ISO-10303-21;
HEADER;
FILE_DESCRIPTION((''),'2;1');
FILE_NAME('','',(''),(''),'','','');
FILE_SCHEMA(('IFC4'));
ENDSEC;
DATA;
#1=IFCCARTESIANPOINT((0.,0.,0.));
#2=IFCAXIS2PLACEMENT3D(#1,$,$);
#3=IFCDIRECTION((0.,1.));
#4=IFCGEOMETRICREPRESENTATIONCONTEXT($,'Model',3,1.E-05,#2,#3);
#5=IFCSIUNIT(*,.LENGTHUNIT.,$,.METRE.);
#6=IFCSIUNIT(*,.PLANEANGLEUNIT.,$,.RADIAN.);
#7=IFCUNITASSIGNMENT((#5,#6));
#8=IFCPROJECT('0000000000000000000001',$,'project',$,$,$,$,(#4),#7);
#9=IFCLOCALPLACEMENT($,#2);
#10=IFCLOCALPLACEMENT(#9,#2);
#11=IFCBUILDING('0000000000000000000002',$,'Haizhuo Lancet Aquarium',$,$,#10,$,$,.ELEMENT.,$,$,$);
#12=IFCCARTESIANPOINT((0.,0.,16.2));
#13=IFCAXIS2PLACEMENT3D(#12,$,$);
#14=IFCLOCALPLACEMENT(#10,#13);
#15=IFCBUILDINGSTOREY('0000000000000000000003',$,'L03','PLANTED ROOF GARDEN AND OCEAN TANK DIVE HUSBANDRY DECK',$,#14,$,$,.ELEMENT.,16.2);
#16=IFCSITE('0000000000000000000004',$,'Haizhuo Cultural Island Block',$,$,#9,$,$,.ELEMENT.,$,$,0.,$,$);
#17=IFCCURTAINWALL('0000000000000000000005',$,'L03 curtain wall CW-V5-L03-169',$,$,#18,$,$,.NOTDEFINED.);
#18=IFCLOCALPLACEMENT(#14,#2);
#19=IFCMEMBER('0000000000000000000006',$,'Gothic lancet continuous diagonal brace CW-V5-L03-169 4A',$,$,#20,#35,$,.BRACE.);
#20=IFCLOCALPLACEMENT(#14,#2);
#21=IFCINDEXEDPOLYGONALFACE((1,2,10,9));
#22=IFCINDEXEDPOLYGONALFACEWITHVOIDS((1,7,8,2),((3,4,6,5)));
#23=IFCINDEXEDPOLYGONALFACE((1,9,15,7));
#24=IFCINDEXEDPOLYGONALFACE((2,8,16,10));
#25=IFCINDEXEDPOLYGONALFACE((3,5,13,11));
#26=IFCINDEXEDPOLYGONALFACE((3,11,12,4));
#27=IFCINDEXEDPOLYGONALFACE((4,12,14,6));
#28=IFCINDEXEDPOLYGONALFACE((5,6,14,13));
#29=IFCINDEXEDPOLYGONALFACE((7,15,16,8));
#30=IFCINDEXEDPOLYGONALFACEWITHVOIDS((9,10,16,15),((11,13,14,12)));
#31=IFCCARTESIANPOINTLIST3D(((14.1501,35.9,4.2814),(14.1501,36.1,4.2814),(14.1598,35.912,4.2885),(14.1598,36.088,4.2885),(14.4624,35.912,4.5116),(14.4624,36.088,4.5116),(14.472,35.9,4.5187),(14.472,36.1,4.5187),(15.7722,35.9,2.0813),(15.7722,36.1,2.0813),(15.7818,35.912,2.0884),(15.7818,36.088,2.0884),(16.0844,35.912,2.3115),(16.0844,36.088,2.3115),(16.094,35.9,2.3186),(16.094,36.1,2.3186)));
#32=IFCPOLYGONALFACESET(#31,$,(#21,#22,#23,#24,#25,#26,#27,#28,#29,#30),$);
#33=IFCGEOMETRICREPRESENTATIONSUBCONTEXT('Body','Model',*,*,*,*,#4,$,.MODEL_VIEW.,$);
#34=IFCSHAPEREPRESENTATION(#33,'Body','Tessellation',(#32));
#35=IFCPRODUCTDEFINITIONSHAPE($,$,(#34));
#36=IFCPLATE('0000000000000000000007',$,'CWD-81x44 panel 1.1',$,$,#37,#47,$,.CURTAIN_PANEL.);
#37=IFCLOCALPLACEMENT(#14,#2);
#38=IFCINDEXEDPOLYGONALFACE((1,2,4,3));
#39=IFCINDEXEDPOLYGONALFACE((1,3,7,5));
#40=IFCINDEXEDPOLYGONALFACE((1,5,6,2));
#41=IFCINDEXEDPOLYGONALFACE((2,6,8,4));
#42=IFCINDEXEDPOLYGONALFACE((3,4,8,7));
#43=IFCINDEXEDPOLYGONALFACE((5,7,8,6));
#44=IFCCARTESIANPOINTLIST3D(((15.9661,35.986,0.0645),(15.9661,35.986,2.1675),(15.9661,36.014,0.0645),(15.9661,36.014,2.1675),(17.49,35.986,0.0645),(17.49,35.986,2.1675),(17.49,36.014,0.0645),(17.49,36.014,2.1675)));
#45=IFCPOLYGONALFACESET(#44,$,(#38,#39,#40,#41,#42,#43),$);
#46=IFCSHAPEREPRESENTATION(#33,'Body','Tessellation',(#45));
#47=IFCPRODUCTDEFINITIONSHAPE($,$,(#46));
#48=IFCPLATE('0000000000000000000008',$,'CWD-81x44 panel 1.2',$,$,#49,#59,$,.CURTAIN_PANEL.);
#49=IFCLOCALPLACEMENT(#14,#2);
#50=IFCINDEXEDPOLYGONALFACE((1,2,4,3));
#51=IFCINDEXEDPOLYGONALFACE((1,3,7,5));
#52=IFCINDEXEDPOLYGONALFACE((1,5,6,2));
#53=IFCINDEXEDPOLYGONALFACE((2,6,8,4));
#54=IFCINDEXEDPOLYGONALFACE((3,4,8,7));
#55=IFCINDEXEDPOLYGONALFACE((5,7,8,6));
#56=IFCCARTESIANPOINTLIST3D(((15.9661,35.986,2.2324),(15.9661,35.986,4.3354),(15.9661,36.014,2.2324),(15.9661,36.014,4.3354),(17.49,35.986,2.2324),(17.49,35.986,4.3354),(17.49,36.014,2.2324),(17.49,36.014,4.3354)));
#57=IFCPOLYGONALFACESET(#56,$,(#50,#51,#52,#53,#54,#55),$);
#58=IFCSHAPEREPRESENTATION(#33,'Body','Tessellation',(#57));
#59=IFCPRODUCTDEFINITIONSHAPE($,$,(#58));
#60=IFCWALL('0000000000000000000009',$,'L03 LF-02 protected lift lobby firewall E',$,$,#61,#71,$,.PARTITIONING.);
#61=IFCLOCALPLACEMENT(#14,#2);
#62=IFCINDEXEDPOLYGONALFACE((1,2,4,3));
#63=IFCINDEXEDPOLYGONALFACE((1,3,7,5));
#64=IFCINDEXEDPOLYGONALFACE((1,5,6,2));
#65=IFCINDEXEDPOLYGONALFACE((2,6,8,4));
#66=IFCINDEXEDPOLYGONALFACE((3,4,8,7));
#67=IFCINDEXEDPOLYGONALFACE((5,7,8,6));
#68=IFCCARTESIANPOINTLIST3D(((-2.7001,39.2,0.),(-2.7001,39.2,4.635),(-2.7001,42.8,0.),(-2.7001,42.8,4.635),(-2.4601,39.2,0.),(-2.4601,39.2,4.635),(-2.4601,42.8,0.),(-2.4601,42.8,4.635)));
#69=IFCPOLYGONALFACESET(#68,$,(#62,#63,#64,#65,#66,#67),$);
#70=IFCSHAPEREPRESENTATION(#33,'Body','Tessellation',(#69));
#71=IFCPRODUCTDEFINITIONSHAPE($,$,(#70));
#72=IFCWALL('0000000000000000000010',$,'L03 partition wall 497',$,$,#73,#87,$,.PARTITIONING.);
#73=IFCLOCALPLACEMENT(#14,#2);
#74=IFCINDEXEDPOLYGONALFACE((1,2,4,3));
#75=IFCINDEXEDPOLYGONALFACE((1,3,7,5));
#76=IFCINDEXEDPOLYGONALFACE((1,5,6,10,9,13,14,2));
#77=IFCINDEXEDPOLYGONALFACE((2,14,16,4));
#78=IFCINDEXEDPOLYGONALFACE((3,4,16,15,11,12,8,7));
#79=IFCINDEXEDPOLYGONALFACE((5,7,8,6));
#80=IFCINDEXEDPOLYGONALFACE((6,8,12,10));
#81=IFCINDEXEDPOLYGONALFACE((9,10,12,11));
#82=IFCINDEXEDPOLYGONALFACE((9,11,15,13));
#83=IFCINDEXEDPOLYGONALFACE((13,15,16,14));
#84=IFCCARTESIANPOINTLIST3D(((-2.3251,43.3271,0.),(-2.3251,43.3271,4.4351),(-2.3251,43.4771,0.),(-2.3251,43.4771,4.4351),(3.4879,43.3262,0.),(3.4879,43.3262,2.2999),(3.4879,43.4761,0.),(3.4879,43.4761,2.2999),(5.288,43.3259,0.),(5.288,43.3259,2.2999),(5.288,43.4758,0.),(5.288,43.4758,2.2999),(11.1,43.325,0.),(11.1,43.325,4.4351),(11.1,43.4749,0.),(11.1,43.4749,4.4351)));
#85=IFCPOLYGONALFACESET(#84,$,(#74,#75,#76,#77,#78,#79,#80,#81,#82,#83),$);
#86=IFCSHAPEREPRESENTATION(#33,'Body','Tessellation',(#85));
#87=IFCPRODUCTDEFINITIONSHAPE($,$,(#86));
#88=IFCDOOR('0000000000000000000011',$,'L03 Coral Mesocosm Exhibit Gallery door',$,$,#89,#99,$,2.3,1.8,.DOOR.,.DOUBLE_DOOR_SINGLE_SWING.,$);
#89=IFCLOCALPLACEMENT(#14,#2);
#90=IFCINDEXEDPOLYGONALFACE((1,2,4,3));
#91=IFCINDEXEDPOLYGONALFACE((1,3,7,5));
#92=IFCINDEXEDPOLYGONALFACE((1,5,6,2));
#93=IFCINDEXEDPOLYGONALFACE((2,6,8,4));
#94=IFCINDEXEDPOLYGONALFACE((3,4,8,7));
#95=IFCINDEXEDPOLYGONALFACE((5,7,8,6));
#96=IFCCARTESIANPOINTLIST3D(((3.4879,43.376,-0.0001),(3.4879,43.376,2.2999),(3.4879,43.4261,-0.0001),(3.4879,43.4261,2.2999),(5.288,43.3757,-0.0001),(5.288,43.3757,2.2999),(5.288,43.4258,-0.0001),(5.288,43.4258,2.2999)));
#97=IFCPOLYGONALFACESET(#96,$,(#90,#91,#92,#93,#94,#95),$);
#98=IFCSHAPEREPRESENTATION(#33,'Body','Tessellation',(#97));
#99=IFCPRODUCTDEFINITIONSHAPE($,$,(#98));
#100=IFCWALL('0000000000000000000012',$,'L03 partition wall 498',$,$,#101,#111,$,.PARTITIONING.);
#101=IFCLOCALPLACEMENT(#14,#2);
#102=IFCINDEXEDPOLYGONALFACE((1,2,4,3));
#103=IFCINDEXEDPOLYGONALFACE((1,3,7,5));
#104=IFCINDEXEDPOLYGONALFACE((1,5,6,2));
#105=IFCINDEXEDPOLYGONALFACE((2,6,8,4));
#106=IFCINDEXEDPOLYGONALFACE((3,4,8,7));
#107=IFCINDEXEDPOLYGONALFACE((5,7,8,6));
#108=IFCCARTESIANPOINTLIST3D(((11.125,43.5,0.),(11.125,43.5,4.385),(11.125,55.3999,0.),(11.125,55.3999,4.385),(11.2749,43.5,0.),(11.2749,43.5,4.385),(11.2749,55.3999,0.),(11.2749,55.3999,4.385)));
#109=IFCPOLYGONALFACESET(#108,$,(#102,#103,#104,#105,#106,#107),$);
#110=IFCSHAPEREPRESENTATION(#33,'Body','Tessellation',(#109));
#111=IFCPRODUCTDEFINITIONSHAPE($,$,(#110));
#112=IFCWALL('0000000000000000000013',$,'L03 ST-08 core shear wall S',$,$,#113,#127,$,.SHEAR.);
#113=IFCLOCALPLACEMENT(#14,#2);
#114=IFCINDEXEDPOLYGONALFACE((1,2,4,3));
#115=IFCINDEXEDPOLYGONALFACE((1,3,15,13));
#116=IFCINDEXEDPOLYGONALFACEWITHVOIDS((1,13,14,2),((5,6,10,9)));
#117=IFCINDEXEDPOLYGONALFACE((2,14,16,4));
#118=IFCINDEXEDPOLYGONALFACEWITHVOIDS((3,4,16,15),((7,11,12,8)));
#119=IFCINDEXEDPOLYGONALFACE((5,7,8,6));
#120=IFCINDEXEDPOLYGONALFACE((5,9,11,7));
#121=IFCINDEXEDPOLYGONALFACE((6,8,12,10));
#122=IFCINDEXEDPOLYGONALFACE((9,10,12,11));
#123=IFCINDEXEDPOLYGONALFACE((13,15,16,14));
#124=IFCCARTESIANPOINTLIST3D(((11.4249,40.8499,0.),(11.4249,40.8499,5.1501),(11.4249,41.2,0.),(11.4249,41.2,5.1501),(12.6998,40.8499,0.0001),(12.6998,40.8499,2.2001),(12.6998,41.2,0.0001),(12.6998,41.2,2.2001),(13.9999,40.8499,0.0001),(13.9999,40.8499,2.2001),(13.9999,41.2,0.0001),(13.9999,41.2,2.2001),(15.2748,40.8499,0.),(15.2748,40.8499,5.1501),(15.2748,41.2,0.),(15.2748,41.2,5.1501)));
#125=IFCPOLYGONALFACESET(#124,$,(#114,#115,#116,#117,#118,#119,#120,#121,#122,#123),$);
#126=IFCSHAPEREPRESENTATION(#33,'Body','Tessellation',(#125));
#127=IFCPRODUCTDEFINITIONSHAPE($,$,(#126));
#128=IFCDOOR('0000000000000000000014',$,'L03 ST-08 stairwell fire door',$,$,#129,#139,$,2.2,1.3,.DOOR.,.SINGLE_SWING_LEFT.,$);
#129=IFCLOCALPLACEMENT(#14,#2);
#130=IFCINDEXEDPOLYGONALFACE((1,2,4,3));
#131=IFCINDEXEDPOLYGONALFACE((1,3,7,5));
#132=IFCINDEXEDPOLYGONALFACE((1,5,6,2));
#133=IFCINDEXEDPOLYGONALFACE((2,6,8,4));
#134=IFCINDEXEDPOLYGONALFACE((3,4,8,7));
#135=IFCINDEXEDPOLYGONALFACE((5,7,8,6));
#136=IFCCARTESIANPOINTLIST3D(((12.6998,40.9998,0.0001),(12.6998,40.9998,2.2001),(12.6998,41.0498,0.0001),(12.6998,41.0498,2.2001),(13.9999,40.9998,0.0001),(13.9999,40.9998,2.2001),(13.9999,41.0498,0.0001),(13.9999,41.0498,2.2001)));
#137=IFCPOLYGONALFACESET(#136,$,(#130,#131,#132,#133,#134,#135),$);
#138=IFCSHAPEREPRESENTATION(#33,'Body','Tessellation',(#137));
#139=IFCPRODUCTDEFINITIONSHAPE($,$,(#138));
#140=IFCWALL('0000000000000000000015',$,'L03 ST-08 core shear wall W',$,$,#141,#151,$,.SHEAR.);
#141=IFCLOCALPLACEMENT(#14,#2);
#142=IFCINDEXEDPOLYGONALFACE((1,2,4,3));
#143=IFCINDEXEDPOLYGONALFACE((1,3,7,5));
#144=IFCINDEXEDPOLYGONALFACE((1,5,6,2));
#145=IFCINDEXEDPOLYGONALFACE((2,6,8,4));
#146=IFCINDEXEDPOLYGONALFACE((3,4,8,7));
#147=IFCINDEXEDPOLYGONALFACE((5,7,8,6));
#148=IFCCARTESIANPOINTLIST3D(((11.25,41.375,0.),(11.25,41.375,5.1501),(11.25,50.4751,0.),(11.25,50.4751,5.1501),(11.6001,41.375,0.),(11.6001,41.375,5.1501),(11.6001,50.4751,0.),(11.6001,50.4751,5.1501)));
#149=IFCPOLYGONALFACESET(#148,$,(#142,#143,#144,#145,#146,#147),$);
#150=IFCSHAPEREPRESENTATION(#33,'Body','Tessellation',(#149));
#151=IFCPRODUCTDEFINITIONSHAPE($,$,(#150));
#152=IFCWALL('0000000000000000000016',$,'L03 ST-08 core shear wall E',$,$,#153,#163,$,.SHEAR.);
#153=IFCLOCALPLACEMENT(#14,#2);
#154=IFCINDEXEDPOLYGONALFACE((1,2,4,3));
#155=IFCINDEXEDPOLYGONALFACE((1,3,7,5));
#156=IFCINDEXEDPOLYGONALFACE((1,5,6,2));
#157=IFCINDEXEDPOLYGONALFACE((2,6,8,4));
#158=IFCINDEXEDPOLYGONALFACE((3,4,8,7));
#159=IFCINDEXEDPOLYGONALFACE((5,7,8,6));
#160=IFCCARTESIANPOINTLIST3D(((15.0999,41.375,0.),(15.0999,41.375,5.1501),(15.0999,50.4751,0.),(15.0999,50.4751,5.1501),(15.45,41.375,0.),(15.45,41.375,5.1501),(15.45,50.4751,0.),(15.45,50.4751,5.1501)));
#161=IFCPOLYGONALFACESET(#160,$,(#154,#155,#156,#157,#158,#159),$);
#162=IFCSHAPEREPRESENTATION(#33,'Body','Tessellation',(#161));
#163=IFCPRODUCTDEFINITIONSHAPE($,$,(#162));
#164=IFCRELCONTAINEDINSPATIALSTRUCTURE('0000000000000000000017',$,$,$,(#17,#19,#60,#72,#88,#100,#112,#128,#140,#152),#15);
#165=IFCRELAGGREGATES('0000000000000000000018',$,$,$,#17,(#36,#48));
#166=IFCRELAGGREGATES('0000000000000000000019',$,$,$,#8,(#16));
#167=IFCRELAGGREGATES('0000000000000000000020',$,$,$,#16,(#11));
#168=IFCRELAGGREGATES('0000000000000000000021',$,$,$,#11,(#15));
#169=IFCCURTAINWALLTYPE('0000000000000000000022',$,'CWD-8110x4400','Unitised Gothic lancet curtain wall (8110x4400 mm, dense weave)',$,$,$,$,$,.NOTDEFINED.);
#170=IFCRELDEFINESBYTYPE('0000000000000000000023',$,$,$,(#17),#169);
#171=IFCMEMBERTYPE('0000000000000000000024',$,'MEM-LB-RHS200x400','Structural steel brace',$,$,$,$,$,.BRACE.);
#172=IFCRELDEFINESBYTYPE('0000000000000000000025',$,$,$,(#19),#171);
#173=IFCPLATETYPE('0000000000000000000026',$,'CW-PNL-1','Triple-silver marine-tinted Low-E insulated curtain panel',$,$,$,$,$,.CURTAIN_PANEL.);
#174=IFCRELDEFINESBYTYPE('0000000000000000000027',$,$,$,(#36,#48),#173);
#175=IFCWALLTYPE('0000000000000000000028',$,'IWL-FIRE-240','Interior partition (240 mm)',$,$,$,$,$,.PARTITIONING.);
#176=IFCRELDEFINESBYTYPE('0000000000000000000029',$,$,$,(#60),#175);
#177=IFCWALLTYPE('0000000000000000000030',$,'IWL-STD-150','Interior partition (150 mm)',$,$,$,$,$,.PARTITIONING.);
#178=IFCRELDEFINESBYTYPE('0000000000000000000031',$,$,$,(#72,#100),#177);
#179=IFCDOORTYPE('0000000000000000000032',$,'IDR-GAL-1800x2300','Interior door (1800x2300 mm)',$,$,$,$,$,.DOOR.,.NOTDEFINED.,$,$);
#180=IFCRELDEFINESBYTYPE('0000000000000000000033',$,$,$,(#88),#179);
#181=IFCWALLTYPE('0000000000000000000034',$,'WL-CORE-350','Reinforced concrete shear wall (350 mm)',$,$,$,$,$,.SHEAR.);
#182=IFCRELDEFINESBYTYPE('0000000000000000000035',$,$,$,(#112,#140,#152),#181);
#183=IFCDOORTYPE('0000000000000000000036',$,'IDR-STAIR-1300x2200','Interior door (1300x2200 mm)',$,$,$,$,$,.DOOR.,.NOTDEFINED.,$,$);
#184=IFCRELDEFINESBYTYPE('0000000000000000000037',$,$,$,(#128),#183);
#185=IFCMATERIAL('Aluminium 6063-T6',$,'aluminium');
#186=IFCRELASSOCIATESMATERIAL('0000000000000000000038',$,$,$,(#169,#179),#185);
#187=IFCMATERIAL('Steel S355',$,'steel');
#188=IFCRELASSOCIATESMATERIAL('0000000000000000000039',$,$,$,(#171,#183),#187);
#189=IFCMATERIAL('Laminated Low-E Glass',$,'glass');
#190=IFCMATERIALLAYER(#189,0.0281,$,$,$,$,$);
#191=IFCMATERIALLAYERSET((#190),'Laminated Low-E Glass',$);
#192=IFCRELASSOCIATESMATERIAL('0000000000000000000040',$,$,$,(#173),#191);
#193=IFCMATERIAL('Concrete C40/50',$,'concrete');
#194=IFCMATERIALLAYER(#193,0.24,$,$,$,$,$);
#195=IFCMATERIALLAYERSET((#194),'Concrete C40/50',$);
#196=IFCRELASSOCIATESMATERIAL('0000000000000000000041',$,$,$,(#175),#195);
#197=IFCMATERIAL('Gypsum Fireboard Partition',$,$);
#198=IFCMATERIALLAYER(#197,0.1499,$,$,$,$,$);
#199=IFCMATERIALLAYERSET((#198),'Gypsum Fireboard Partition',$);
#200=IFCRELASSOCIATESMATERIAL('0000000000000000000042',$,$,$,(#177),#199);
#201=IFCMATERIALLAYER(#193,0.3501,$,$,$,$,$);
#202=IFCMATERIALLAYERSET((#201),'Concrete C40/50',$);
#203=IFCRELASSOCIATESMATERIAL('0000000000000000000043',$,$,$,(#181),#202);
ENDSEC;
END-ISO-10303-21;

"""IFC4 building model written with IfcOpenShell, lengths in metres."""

from ifc_helpers import new_model, si_unit, direction, frame, frame_2d, origin, origin_2d, place, context, subcontext, project, spatial, rectangle, hollow_rectangle, extrude, material, layer, layer_set, material_profile, profile_set, type_object, element, fill, aggregate, save


model = new_model("IFC4")

# Units and contexts
model_context = context("Model", 3, precision=1e-05, world=origin(), true_north=direction((0.0, 1.0)))
body_context = subcontext(model_context, "Body", "Model", "MODEL_VIEW")
ifc_project = project(units=[si_unit("LENGTHUNIT", "METRE"), si_unit("PLANEANGLEUNIT", "RADIAN")], contexts=[model_context])

# Site, building, storey
site_placement = place(None, origin())
site = spatial("IfcSite", under=ifc_project, at=site_placement, Name="Haizhuo Cultural Island Block", CompositionType="ELEMENT", RefElevation=0.0)
building_placement = place(site_placement, origin())
building = spatial("IfcBuilding", under=site, at=building_placement, Name="Haizhuo Lancet Aquarium", CompositionType="ELEMENT")
storey_placement = place(building_placement, frame((0.0, 0.0, 16.2)))
storey = spatial("IfcBuildingStorey", under=building, at=storey_placement, Name="L03", Description="PLANTED ROOF GARDEN AND OCEAN TANK DIVE HUSBANDRY DECK", CompositionType="ELEMENT", Elevation=16.2)

# Shared definitions
ifc_material_1 = material(Name="Concrete C40/50", Category="concrete")

# Curtain wall
ifc_material_2 = material(Name="Aluminium 6063-T6", Category="aluminium")
curtain_wall_type = type_object("IfcCurtainWallType", Name="CWD-8110x4400", Description="Unitised Gothic lancet curtain wall (8110x4400 mm, dense weave)", PredefinedType="NOTDEFINED", material=ifc_material_2)
curtain_wall_placement = place(storey_placement, origin())
curtain_wall = element("IfcCurtainWall", 1, at=curtain_wall_placement, inside=storey, type_object=curtain_wall_type, Name="L03 curtain wall CW-V5-L03-169", PredefinedType="NOTDEFINED")

# Shared definitions
ifc_material_3 = material(Name="Steel S355", Category="steel")

# Member
ifc_material_profile_1 = material_profile(ifc_material_3, hollow_rectangle(XDim=0.2, YDim=0.3999, WallThickness=0.012, at=origin_2d()), Name="RHS 200x400x12")
ifc_profile_set_1 = profile_set([ifc_material_profile_1], Name="Steel S355")
member_type_1 = type_object("IfcMemberType", Name="MEM-LB-RHS200x400", Description="Structural steel brace", PredefinedType="BRACE", material=ifc_profile_set_1)
for number, where, z_axis, x_axis, name in (
    (2, (15.9331, 36.0, 2.2), (-0.593406, 0.0, 0.804903), (0.0, -1.0, 0.0), "Gothic lancet continuous diagonal brace CW-V5-L03-169 4A"),
):
    element("IfcMember", number, at=place(storey_placement, frame(where, z_axis=z_axis, x_axis=x_axis)), inside=storey, type_object=member_type_1, Name=name, PredefinedType="BRACE", context=body_context, shape_type="SweptSolid", body=[
        extrude(hollow_rectangle(XDim=0.2, YDim=0.3999, WallThickness=0.012, at=origin_2d()), origin(), (0.0, 0.0, 1.0), 2.7334),
    ])

# Plates
ifc_material_4 = material(Name="Laminated Low-E Glass", Category="glass")
ifc_layer_1 = layer(ifc_material_4, 0.0281)
ifc_layer_set_1 = layer_set([ifc_layer_1], Name="Laminated Low-E Glass")
plate_type = type_object("IfcPlateType", Name="CW-PNL-1", Description="Triple-silver marine-tinted Low-E insulated curtain panel", PredefinedType="CURTAIN_PANEL", material=ifc_layer_set_1)
plate_1_placement = place(storey_placement, frame((16.728, 36.0, 0.0645), z_axis=(0.0, 0.0, 1.0), x_axis=(-1.0, 0.0, 0.0)))
plate_1 = element("IfcPlate", 3, at=plate_1_placement, type_object=plate_type, Name="CWD-81x44 panel 1.1", PredefinedType="CURTAIN_PANEL", context=body_context, shape_type="SweptSolid", body=[
    extrude(rectangle(XDim=1.5239, YDim=0.0281, at=origin_2d()), origin(), (0.0, 0.0, 1.0), 2.103),
])
plate_2_placement = place(storey_placement, frame((16.728, 36.0, 2.2324), z_axis=(0.0, 0.0, 1.0), x_axis=(-1.0, 0.0, 0.0)))
plate_2 = element("IfcPlate", 4, at=plate_2_placement, type_object=plate_type, Name="CWD-81x44 panel 1.2", PredefinedType="CURTAIN_PANEL", context=body_context, shape_type="SweptSolid", body=[
    extrude(rectangle(XDim=1.5239, YDim=0.0281, at=origin_2d()), origin(), (0.0, 0.0, 1.0), 2.103),
])
aggregate(curtain_wall, [plate_1, plate_2])

# Wall
ifc_layer_2 = layer(ifc_material_1, 0.24)
ifc_layer_set_2 = layer_set([ifc_layer_2], Name="Concrete C40/50")
wall_type_1 = type_object("IfcWallType", Name="IWL-FIRE-240", Description="Interior partition (240 mm)", PredefinedType="PARTITIONING", material=ifc_layer_set_2)
wall_1_placement = place(storey_placement, frame((-2.5801, 39.2, 0.0), z_axis=(0.0, 0.0, 1.0), x_axis=(0.0, 1.0, 0.0)))
element("IfcWall", 5, at=wall_1_placement, inside=storey, type_object=wall_type_1, Name="L03 LF-02 protected lift lobby firewall E", PredefinedType="PARTITIONING", context=body_context, shape_type="SweptSolid", body=[
    extrude(rectangle(XDim=3.6001, YDim=0.24, at=frame_2d((1.8, 0.0))), origin(), (0.0, 0.0, 1.0), 4.635),
])

# Wall, opening, door
ifc_material_5 = material(Name="Gypsum Fireboard Partition")
ifc_layer_3 = layer(ifc_material_5, 0.1499)
ifc_layer_set_3 = layer_set([ifc_layer_3], Name="Gypsum Fireboard Partition")
wall_type_2 = type_object("IfcWallType", Name="IWL-STD-150", Description="Interior partition (150 mm)", PredefinedType="PARTITIONING", material=ifc_layer_set_3)
wall_2_placement = place(storey_placement, frame((-2.325, 43.4021, 0.0), z_axis=(0.0, 0.0, 1.0), x_axis=(1.0, -0.000164, 0.0)))
wall_2 = element("IfcWall", 6, at=wall_2_placement, inside=storey, type_object=wall_type_2, Name="L03 partition wall 497", PredefinedType="PARTITIONING", context=body_context, shape_type="SweptSolid", body=[
    extrude(rectangle(XDim=13.425, YDim=0.1499, at=frame_2d((6.7124, 0.0))), origin(), (0.0, 0.0, 1.0), 4.4351),
])
opening_1_placement = place(wall_2_placement, frame((5.813, 0.0, 0.0)))
opening_1 = element("IfcOpeningElement", 7, at=opening_1_placement, cuts=wall_2, PredefinedType="OPENING", context=body_context, shape_type="SweptSolid", body=[
    extrude(rectangle(XDim=1.8, YDim=2.3, at=frame_2d((0.8999, 1.1499))), frame((0.0, 0.085, 0.0), z_axis=(0.0, -1.0, 0.0), x_axis=(1.0, 0.0, 0.0)), (0.0, 0.0, 1.0), 0.1699),
])
door_type_1 = type_object("IfcDoorType", Name="IDR-GAL-1800x2300", Description="Interior door (1800x2300 mm)", OperationType="NOTDEFINED", PredefinedType="DOOR", material=ifc_material_2)
door_1_placement = place(opening_1_placement, origin())
door_1 = element("IfcDoor", 8, at=door_1_placement, inside=storey, type_object=door_type_1, Name="L03 Coral Mesocosm Exhibit Gallery door", OperationType="DOUBLE_DOOR_SINGLE_SWING", OverallHeight=2.3, OverallWidth=1.8, PredefinedType="DOOR", context=body_context, shape_type="SweptSolid", body=[
    extrude(rectangle(XDim=1.8, YDim=2.3, at=frame_2d((0.8999, 1.1499))), frame((0.0, 0.0249, 0.0), z_axis=(0.0, -1.0, 0.0), x_axis=(1.0, 0.0, 0.0)), (0.0, 0.0, 1.0), 0.05),
])
fill(opening_1, door_1)

# Wall
wall_3_placement = place(storey_placement, frame((11.2, 43.5, 0.0), z_axis=(0.0, 0.0, 1.0), x_axis=(0.0, 1.0, 0.0)))
element("IfcWall", 9, at=wall_3_placement, inside=storey, type_object=wall_type_2, Name="L03 partition wall 498", PredefinedType="PARTITIONING", context=body_context, shape_type="SweptSolid", body=[
    extrude(rectangle(XDim=11.8999, YDim=0.1499, at=frame_2d((5.95, 0.0))), origin(), (0.0, 0.0, 1.0), 4.385),
])

# Wall, opening, door
ifc_layer_4 = layer(ifc_material_1, 0.3501)
ifc_layer_set_4 = layer_set([ifc_layer_4], Name="Concrete C40/50")
wall_type_3 = type_object("IfcWallType", Name="WL-CORE-350", Description="Reinforced concrete shear wall (350 mm)", PredefinedType="SHEAR", material=ifc_layer_set_4)
wall_4_placement = place(storey_placement, frame((11.425, 41.0249, 0.0), z_axis=(0.0, 0.0, 1.0), x_axis=(1.0, 0.0, 0.0)))
wall_4 = element("IfcWall", 10, at=wall_4_placement, inside=storey, type_object=wall_type_3, Name="L03 ST-08 core shear wall S", PredefinedType="SHEAR", context=body_context, shape_type="SweptSolid", body=[
    extrude(rectangle(XDim=3.8499, YDim=0.3501, at=frame_2d((1.9248, 0.0))), origin(), (0.0, 0.0, 1.0), 5.1501),
])
opening_2_placement = place(wall_4_placement, frame((1.2749, 0.0, 0.0)))
opening_2 = element("IfcOpeningElement", 11, at=opening_2_placement, cuts=wall_4, PredefinedType="OPENING", context=body_context, shape_type="SweptSolid", body=[
    extrude(rectangle(XDim=1.3, YDim=2.2, at=frame_2d((0.6499, 1.1001))), frame((0.0, 0.1851, 0.0), z_axis=(0.0, -1.0, 0.0), x_axis=(1.0, 0.0, 0.0)), (0.0, 0.0, 1.0), 0.3701),
])
door_type_2 = type_object("IfcDoorType", Name="IDR-STAIR-1300x2200", Description="Interior door (1300x2200 mm)", OperationType="NOTDEFINED", PredefinedType="DOOR", material=ifc_material_3)
door_2_placement = place(opening_2_placement, origin())
door_2 = element("IfcDoor", 12, at=door_2_placement, inside=storey, type_object=door_type_2, Name="L03 ST-08 stairwell fire door", OperationType="SINGLE_SWING_LEFT", OverallHeight=2.2, OverallWidth=1.3, PredefinedType="DOOR", context=body_context, shape_type="SweptSolid", body=[
    extrude(rectangle(XDim=1.3, YDim=2.2, at=frame_2d((0.6499, 1.1001))), frame((0.0, 0.0249, 0.0), z_axis=(0.0, -1.0, 0.0), x_axis=(1.0, 0.0, 0.0)), (0.0, 0.0, 1.0), 0.05),
])
fill(opening_2, door_2)

# Walls
for number, where, z_axis, x_axis, name in (
    (13, (11.425, 41.375, 0.0), (0.0, 0.0, 1.0), (0.0, 1.0, 0.0), "L03 ST-08 core shear wall W"),
    (14, (15.2749, 41.375, 0.0), (0.0, 0.0, 1.0), (0.0, 1.0, 0.0), "L03 ST-08 core shear wall E"),
):
    element("IfcWall", number, at=place(storey_placement, frame(where, z_axis=z_axis, x_axis=x_axis)), inside=storey, type_object=wall_type_3, Name=name, PredefinedType="SHEAR", context=body_context, shape_type="SweptSolid", body=[
        extrude(rectangle(XDim=9.1001, YDim=0.3501, at=frame_2d((4.55, 0.0))), origin(), (0.0, 0.0, 1.0), 5.1501),
    ])

save(model, "model.ifc")
